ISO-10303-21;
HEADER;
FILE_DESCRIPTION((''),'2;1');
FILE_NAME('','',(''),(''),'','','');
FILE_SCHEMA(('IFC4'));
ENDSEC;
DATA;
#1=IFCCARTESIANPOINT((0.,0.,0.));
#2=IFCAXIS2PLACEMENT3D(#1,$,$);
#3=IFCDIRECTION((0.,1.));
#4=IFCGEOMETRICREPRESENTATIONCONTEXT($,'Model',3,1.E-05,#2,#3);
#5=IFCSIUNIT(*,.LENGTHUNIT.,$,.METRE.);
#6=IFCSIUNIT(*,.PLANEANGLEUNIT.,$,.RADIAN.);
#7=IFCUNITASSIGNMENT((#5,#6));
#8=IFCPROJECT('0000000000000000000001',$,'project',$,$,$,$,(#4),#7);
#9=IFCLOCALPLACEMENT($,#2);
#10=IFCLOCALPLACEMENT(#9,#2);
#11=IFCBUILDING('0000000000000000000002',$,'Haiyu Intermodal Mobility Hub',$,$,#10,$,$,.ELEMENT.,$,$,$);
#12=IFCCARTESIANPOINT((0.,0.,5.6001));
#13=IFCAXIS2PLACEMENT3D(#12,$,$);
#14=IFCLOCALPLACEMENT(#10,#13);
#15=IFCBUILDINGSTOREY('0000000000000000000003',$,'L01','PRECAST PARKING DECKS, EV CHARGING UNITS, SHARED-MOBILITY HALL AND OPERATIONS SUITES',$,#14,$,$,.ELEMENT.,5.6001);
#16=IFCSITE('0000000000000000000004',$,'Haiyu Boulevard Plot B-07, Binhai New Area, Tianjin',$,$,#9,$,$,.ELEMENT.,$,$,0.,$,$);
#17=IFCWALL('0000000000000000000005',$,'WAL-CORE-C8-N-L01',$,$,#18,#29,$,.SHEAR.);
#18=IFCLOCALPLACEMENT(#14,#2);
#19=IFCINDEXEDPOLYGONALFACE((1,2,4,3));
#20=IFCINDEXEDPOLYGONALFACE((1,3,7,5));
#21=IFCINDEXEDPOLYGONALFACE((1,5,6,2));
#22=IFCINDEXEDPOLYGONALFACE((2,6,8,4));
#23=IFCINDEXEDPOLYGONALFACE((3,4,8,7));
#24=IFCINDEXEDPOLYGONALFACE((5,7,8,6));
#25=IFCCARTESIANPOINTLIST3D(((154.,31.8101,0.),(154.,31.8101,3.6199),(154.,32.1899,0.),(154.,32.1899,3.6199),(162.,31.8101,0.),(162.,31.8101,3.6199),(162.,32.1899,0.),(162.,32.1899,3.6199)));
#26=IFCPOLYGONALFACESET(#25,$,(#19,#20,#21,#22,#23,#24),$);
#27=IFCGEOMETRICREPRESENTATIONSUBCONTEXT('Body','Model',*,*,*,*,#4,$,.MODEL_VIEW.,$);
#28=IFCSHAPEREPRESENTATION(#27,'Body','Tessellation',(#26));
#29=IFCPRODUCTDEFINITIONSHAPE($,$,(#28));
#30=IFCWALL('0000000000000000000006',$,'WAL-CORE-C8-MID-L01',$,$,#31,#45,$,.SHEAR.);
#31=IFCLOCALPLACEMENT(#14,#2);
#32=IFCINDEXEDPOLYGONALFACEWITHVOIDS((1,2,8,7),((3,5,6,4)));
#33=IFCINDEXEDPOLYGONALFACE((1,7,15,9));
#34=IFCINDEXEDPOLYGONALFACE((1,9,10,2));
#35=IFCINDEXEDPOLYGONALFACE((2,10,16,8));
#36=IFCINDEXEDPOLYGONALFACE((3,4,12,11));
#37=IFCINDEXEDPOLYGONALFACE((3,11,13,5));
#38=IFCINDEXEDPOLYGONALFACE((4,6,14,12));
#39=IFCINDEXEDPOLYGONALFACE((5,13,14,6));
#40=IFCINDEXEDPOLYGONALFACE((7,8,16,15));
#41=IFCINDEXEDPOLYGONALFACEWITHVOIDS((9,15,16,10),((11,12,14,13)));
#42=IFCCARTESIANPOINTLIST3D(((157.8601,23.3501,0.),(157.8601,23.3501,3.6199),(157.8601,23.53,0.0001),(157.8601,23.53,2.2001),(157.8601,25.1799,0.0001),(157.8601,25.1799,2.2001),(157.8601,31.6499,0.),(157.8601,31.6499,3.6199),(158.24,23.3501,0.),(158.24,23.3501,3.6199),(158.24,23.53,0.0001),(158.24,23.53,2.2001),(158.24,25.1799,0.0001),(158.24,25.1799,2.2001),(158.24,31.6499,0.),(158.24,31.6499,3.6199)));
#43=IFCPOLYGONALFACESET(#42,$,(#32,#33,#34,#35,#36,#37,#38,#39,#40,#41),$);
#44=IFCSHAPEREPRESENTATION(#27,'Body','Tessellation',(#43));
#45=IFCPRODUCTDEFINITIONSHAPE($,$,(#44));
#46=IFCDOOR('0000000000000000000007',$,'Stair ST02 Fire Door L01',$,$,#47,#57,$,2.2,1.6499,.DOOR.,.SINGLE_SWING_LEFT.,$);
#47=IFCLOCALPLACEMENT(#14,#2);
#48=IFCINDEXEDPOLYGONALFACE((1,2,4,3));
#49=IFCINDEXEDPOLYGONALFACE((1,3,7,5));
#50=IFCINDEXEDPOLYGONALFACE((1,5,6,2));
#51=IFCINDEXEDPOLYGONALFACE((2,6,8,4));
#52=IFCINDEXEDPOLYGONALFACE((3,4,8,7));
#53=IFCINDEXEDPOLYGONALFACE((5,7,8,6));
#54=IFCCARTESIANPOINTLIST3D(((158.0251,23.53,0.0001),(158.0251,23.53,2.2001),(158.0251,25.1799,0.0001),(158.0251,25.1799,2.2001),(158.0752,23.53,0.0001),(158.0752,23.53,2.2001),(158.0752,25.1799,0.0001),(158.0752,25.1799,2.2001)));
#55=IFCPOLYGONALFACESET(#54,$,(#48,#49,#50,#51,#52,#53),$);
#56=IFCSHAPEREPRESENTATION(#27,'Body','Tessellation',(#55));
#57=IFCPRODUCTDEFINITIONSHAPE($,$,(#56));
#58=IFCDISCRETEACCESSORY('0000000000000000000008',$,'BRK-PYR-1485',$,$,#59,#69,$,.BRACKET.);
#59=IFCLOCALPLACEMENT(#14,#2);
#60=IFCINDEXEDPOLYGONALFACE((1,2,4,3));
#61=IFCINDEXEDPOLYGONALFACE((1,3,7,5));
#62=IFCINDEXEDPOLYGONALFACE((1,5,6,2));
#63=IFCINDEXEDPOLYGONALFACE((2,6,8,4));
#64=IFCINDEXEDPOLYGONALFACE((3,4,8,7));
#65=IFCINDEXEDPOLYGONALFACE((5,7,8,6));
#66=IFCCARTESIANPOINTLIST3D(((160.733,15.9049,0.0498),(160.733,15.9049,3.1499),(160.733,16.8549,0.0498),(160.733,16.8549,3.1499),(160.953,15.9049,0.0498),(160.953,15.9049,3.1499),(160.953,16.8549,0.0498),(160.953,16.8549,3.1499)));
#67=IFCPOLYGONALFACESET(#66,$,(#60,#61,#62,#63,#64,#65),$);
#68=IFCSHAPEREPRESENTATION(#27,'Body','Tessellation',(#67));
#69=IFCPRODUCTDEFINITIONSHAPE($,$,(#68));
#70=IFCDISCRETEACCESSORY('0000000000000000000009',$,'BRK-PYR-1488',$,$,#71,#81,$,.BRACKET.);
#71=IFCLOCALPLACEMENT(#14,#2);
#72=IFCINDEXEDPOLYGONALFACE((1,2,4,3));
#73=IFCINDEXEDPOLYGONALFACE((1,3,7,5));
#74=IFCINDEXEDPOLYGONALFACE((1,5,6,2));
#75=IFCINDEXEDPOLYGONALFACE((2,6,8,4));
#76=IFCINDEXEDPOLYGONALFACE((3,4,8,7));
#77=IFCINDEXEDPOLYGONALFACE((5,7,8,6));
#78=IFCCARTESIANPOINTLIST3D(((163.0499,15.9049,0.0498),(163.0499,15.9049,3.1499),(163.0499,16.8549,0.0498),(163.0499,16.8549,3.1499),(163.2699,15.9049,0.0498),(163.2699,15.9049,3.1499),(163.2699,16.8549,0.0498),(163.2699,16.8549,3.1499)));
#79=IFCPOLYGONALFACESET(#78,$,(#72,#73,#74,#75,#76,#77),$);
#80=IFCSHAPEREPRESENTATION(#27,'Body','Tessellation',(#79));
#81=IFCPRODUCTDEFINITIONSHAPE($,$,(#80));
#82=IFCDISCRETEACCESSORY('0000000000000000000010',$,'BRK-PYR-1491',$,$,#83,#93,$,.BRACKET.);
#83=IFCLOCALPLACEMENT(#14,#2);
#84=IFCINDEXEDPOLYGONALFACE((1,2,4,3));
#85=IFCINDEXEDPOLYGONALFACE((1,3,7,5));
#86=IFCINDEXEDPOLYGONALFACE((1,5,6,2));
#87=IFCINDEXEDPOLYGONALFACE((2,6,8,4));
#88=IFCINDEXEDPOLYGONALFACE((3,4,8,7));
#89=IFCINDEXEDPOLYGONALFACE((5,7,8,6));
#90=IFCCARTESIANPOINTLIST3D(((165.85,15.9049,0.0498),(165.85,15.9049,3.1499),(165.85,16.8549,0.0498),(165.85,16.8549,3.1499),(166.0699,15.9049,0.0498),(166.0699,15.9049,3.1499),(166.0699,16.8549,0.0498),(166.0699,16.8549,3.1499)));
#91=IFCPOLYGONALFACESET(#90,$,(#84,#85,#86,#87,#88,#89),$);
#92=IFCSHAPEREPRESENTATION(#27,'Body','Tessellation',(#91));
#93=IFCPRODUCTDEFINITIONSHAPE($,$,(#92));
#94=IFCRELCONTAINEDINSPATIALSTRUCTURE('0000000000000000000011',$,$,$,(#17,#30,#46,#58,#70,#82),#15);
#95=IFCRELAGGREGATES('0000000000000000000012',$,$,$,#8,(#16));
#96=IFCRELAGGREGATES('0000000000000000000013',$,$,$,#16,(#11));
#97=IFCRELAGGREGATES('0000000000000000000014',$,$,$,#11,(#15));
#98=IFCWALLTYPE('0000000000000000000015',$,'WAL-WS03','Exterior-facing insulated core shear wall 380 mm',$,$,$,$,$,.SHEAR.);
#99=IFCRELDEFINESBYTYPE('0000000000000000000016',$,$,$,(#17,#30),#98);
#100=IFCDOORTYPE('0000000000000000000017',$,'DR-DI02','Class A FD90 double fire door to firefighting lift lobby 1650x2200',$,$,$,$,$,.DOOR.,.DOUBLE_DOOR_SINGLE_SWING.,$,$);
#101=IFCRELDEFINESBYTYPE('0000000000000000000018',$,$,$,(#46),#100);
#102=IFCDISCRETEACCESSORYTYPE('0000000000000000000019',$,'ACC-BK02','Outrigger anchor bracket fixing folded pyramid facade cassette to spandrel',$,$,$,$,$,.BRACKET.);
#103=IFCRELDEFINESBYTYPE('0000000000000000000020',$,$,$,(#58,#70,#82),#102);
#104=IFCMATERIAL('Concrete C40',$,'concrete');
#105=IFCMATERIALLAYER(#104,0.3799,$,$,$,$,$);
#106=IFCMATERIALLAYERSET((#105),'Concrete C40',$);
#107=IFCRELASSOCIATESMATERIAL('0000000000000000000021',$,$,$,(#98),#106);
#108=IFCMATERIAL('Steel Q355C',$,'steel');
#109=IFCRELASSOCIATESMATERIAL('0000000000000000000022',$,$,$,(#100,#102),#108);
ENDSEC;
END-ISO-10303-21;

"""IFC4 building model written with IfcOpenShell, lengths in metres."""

from ifc_helpers import new_model, si_unit, direction, frame, frame_2d, origin, origin_2d, place, context, subcontext, project, spatial, rectangle, extrude, material, layer, layer_set, type_object, element, fill, save


model = new_model("IFC4")

# Units and contexts
model_context = context("Model", 3, precision=1e-05, world=origin(), true_north=direction((0.0, 1.0)))
body_context = subcontext(model_context, "Body", "Model", "MODEL_VIEW")
ifc_project = project(units=[si_unit("LENGTHUNIT", "METRE"), si_unit("PLANEANGLEUNIT", "RADIAN")], contexts=[model_context])

# Site, building, storey
site_placement = place(None, origin())
site = spatial("IfcSite", under=ifc_project, at=site_placement, Name="Haiyu Boulevard Plot B-07, Binhai New Area, Tianjin", CompositionType="ELEMENT", RefElevation=0.0)
building_placement = place(site_placement, origin())
building = spatial("IfcBuilding", under=site, at=building_placement, Name="Haiyu Intermodal Mobility Hub", CompositionType="ELEMENT")
storey_placement = place(building_placement, frame((0.0, 0.0, 5.6001)))
storey = spatial("IfcBuildingStorey", under=building, at=storey_placement, Name="L01", Description="PRECAST PARKING DECKS, EV CHARGING UNITS, SHARED-MOBILITY HALL AND OPERATIONS SUITES", CompositionType="ELEMENT", Elevation=5.6001)

# Shared definitions
ifc_material_1 = material(Name="Concrete C40", Category="concrete")

# Shared definitions
ifc_material_2 = material(Name="Steel Q355C", Category="steel")

# Shared definitions
ifc_layer_1 = layer(ifc_material_1, 0.3799)
ifc_layer_set_1 = layer_set([ifc_layer_1], Name="Concrete C40")
wall_type_1 = type_object("IfcWallType", Name="WAL-WS03", Description="Exterior-facing insulated core shear wall 380 mm", PredefinedType="SHEAR", material=ifc_layer_set_1)

# Wall
wall_1_placement = place(storey_placement, frame((162.0, 32.0, 0.0), z_axis=(0.0, 0.0, 1.0), x_axis=(-1.0, 0.0, 0.0)))
element("IfcWall", 1, at=wall_1_placement, inside=storey, type_object=wall_type_1, Name="WAL-CORE-C8-N-L01", PredefinedType="SHEAR", context=body_context, shape_type="SweptSolid", body=[
    extrude(rectangle(XDim=8.0, YDim=0.3799, at=frame_2d((4.0, 0.0))), origin(), (0.0, 0.0, 1.0), 3.6199),
])

# Wall, opening, door
wall_2_placement = place(storey_placement, frame((158.05, 23.3501, 0.0), z_axis=(0.0, 0.0, 1.0), x_axis=(0.0, 1.0, 0.0)))
wall_2 = element("IfcWall", 2, at=wall_2_placement, inside=storey, type_object=wall_type_1, Name="WAL-CORE-C8-MID-L01", PredefinedType="SHEAR", context=body_context, shape_type="SweptSolid", body=[
    extrude(rectangle(XDim=8.2998, YDim=0.3799, at=frame_2d((4.1499, 0.0))), origin(), (0.0, 0.0, 1.0), 3.6199),
])
opening_1_placement = place(wall_2_placement, frame((0.1799, 0.0, 0.0)))
opening_1 = element("IfcOpeningElement", 3, at=opening_1_placement, cuts=wall_2, PredefinedType="OPENING", context=body_context, shape_type="SweptSolid", body=[
    extrude(rectangle(XDim=1.6499, YDim=2.2, at=frame_2d((0.825, 1.1001))), frame((0.0, 0.2, 0.0), z_axis=(0.0, -1.0, 0.0), x_axis=(1.0, 0.0, 0.0)), (0.0, 0.0, 1.0), 0.3999),
])
door_type_1 = type_object("IfcDoorType", Name="DR-DI02", Description="Class A FD90 double fire door to firefighting lift lobby 1650x2200", OperationType="DOUBLE_DOOR_SINGLE_SWING", PredefinedType="DOOR", material=ifc_material_2)
door_1_placement = place(opening_1_placement, origin())
door_1 = element("IfcDoor", 4, at=door_1_placement, inside=storey, type_object=door_type_1, Name="Stair ST02 Fire Door L01", OperationType="SINGLE_SWING_LEFT", OverallHeight=2.2, OverallWidth=1.6499, PredefinedType="DOOR", context=body_context, shape_type="SweptSolid", body=[
    extrude(rectangle(XDim=1.6499, YDim=2.2, at=frame_2d((0.825, 1.1001))), frame((0.0, 0.0249, 0.0), z_axis=(0.0, -1.0, 0.0), x_axis=(1.0, 0.0, 0.0)), (0.0, 0.0, 1.0), 0.05),
])
fill(opening_1, door_1)

# Discrete accessories
discrete_accessory_type = type_object("IfcDiscreteAccessoryType", Name="ACC-BK02", Description="Outrigger anchor bracket fixing folded pyramid facade cassette to spandrel", PredefinedType="BRACKET", material=ifc_material_2)
for number, where, z_axis, x_axis, name in (
    (5, (160.843, 16.3799, 0.0498), (0.0, 0.0, 1.0), (1.0, 0.0, 0.0), "BRK-PYR-1485"),
    (6, (163.1599, 16.3799, 0.0498), (0.0, 0.0, 1.0), (1.0, 0.0, 0.0), "BRK-PYR-1488"),
    (7, (165.96, 16.3799, 0.0498), (0.0, 0.0, 1.0), (1.0, 0.0, 0.0), "BRK-PYR-1491"),
):
    element("IfcDiscreteAccessory", number, at=place(storey_placement, frame(where, z_axis=z_axis, x_axis=x_axis)), inside=storey, type_object=discrete_accessory_type, Name=name, PredefinedType="BRACKET", context=body_context, shape_type="SweptSolid", body=[
        extrude(rectangle(XDim=0.22, YDim=0.95, at=origin_2d()), origin(), (0.0, 0.0, 1.0), 3.1001),
    ])

save(model, "model.ifc")
